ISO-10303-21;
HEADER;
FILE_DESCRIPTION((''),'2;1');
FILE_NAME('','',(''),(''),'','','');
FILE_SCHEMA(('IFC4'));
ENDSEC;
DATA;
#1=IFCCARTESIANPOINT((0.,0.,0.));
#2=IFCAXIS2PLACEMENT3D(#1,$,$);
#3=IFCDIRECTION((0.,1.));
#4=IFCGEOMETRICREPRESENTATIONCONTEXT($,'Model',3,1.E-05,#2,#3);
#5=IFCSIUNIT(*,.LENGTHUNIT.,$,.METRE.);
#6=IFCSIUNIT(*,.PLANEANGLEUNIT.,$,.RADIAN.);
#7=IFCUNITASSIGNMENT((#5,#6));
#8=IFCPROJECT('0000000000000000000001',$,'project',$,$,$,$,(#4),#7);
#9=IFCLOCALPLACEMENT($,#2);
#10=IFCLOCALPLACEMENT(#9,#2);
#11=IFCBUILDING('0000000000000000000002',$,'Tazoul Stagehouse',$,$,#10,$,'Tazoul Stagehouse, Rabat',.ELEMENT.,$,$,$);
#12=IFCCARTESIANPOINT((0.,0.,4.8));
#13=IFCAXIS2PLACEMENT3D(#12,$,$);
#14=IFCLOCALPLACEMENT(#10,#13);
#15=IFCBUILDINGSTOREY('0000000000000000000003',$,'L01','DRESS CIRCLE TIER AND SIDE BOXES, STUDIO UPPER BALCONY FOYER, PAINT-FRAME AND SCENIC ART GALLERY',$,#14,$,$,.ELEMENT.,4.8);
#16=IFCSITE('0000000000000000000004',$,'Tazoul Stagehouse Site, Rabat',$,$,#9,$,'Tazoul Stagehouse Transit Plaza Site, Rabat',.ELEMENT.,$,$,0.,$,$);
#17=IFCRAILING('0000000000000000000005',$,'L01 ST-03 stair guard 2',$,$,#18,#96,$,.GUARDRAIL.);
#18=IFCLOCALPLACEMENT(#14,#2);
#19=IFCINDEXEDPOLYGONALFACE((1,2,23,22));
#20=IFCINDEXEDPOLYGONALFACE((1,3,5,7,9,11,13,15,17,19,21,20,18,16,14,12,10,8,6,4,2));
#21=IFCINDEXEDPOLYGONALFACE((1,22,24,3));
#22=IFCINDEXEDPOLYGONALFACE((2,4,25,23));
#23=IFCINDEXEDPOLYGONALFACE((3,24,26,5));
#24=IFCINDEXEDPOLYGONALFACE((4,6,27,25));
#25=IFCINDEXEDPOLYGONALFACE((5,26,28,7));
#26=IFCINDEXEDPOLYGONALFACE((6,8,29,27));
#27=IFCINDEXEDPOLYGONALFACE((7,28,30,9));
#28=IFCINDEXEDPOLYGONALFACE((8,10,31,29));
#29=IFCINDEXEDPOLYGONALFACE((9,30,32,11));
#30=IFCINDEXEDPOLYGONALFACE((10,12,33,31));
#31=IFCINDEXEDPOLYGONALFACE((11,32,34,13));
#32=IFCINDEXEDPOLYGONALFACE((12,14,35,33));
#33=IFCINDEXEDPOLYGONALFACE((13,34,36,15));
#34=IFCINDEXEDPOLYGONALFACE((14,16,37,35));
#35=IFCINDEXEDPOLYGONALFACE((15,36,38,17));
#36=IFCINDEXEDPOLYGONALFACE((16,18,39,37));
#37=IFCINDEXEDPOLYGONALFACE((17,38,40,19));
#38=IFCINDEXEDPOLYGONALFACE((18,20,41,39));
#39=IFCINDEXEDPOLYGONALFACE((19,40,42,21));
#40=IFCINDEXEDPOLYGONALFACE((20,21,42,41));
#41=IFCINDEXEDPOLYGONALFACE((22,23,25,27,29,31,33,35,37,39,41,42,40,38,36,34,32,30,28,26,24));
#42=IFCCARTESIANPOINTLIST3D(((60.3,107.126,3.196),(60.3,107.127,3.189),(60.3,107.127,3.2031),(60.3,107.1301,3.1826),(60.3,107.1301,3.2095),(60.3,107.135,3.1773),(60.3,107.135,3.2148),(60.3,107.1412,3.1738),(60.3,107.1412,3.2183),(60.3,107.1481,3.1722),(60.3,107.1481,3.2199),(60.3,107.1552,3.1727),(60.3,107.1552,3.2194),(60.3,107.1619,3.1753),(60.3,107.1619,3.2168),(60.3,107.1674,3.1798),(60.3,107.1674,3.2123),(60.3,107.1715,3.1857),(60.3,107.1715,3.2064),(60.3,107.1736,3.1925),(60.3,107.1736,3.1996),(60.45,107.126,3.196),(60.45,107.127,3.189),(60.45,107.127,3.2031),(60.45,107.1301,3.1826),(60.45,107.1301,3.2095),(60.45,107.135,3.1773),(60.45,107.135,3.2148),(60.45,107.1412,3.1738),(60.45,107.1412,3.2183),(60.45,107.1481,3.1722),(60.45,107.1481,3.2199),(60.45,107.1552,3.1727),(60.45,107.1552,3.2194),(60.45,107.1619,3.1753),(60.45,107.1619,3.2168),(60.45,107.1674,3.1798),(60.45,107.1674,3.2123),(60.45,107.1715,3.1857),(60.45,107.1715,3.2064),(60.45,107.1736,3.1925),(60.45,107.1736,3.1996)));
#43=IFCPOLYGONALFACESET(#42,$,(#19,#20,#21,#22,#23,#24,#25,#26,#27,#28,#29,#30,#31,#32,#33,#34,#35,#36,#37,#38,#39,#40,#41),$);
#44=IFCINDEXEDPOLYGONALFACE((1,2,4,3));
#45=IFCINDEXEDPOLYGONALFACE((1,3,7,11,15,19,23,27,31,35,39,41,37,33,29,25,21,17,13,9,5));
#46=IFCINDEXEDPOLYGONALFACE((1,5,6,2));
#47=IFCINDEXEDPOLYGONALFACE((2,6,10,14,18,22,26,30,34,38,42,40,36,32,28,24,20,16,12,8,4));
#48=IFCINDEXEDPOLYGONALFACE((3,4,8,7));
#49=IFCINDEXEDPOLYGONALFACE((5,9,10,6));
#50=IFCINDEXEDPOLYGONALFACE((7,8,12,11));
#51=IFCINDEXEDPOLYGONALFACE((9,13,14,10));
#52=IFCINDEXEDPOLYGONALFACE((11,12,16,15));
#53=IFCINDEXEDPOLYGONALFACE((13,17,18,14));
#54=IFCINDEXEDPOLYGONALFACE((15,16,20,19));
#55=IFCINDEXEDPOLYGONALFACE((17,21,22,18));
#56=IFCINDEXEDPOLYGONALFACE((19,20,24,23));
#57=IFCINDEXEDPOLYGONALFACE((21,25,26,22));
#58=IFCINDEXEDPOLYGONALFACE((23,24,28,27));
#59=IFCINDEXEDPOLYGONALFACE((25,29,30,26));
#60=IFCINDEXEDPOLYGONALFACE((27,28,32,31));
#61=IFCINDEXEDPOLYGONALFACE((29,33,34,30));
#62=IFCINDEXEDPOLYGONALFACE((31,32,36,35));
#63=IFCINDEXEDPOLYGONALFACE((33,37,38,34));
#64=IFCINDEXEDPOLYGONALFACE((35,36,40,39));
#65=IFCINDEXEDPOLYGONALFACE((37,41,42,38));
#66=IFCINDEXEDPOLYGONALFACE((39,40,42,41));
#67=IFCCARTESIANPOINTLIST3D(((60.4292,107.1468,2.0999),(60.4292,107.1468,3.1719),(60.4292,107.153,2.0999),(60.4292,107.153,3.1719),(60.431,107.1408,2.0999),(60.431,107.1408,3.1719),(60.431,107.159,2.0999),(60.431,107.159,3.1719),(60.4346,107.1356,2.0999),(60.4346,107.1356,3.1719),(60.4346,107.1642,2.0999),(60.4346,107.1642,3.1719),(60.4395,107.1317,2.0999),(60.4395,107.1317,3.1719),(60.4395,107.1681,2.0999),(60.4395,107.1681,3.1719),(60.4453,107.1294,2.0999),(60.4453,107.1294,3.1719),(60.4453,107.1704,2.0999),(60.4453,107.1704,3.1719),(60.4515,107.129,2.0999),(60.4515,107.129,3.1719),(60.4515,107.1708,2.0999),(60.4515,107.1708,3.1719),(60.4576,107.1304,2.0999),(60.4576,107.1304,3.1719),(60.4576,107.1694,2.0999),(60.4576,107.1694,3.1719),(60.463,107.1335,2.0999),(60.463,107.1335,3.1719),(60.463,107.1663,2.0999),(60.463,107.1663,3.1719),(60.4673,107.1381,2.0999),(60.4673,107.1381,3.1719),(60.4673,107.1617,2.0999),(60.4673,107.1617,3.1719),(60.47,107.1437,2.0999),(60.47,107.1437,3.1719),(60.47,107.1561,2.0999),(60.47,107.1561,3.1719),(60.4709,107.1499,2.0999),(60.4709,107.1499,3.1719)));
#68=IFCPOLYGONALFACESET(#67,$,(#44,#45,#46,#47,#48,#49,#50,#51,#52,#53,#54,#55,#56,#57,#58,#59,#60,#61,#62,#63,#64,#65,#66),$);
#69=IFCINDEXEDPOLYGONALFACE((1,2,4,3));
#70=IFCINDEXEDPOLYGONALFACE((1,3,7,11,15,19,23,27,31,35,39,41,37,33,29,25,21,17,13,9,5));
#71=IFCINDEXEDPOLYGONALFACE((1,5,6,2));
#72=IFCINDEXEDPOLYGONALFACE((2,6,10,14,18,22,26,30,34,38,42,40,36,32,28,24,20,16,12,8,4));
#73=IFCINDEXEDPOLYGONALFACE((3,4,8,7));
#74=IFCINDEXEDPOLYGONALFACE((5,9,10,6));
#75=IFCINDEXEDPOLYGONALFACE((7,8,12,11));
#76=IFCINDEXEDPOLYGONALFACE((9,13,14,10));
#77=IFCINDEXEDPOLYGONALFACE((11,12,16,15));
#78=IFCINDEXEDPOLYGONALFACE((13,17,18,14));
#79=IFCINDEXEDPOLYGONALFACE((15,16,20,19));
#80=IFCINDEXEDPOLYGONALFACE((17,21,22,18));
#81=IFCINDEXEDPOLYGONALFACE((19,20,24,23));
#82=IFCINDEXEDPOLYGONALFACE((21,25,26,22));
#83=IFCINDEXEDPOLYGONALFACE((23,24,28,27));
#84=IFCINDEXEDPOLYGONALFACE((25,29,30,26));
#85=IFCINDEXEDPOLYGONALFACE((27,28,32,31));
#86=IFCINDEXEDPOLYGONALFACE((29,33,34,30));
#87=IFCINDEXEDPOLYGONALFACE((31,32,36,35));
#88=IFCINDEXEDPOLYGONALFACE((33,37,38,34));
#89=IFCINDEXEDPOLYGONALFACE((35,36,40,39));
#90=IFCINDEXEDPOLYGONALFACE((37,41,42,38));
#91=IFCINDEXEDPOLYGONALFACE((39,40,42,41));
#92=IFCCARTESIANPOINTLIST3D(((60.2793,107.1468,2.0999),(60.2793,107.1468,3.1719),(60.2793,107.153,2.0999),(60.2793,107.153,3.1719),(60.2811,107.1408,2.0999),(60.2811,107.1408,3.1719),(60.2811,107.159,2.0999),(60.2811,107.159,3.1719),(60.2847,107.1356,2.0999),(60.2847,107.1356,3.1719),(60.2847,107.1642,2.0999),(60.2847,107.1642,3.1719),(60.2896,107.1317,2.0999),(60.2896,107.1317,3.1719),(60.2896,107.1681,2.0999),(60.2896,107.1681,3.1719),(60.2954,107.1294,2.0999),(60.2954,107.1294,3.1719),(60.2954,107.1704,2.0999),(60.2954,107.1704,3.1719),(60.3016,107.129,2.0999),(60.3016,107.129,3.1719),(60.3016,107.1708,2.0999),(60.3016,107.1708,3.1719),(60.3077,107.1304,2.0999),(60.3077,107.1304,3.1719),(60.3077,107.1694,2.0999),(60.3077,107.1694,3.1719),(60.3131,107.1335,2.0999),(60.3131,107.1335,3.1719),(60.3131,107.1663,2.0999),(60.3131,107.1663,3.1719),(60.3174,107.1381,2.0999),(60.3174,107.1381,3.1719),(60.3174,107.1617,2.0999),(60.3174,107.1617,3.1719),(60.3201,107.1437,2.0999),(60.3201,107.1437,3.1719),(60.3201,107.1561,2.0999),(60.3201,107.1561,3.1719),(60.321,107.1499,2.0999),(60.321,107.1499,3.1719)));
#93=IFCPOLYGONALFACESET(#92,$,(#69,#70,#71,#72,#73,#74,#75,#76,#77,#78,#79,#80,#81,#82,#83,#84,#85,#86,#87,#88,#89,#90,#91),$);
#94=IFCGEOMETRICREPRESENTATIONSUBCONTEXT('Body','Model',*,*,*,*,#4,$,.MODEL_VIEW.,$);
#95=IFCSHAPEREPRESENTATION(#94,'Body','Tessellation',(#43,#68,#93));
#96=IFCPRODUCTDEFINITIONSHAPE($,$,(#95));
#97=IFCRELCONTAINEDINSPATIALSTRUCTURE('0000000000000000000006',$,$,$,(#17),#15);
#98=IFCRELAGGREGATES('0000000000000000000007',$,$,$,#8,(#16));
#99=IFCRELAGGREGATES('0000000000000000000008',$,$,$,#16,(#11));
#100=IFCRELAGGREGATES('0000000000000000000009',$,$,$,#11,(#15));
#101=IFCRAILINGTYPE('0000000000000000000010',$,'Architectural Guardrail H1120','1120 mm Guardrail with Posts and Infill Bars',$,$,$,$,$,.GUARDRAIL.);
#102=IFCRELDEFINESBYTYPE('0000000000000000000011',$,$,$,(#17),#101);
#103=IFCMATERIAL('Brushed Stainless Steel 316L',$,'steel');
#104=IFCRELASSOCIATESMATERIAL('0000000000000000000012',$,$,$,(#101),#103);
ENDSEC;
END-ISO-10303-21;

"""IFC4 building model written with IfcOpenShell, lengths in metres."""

from ifc_helpers import new_model, si_unit, direction, frame, origin, origin_2d, place, context, subcontext, project, spatial, circle, extrude, material, material_profile, profile_set, type_object, element, save


model = new_model("IFC4")

# Units and contexts
model_context = context("Model", 3, precision=1e-05, world=origin(), true_north=direction((0.0, 1.0)))
body_context = subcontext(model_context, "Body", "Model", "MODEL_VIEW")
ifc_project = project(units=[si_unit("LENGTHUNIT", "METRE"), si_unit("PLANEANGLEUNIT", "RADIAN")], contexts=[model_context])

# Site, building, storey
site_placement = place(None, origin())
site = spatial("IfcSite", under=ifc_project, at=site_placement, Name="Tazoul Stagehouse Site, Rabat", LongName="Tazoul Stagehouse Transit Plaza Site, Rabat", CompositionType="ELEMENT", RefElevation=0.0)
building_placement = place(site_placement, origin())
building = spatial("IfcBuilding", under=site, at=building_placement, Name="Tazoul Stagehouse", LongName="Tazoul Stagehouse, Rabat", CompositionType="ELEMENT")
storey_placement = place(building_placement, frame((0.0, 0.0, 4.8)))
storey = spatial("IfcBuildingStorey", under=building, at=storey_placement, Name="L01", Description="DRESS CIRCLE TIER AND SIDE BOXES, STUDIO UPPER BALCONY FOYER, PAINT-FRAME AND SCENIC ART GALLERY", CompositionType="ELEMENT", Elevation=4.8)

# Railing
ifc_material_1 = material(Name="Brushed Stainless Steel 316L", Category="steel")
ifc_material_profile_1 = material_profile(ifc_material_1, circle(Radius=0.0239, at=origin_2d()), Name="SS RAIL D48")
ifc_profile_set_1 = profile_set([ifc_material_profile_1], Name="Brushed Stainless Steel 316L")
railing_type_1 = type_object("IfcRailingType", Name="Architectural Guardrail H1120", Description="1120 mm Guardrail with Posts and Infill Bars", PredefinedType="GUARDRAIL", material=ifc_profile_set_1)
railing_1_placement = place(storey_placement, frame((60.45, 107.1499, 2.0999)))
element("IfcRailing", 1, at=railing_1_placement, inside=storey, type_object=railing_type_1, Name="L01 ST-03 stair guard 2", PredefinedType="GUARDRAIL", context=body_context, shape_type="SweptSolid", body=[
    extrude(circle(Radius=0.0239, at=origin_2d()), frame((0.0, 0.0, 1.0962), z_axis=(-1.0, 0.0, 0.0), x_axis=(0.0, -1.0, 0.0)), (0.0, 0.0, 1.0), 0.1499),
    extrude(circle(Radius=0.021, at=origin_2d()), origin(), (0.0, 0.0, 1.0), 1.072),
    extrude(circle(Radius=0.021, at=origin_2d()), frame((-0.1499, 0.0, 0.0)), (0.0, 0.0, 1.0), 1.072),
])

save(model, "model.ifc")
